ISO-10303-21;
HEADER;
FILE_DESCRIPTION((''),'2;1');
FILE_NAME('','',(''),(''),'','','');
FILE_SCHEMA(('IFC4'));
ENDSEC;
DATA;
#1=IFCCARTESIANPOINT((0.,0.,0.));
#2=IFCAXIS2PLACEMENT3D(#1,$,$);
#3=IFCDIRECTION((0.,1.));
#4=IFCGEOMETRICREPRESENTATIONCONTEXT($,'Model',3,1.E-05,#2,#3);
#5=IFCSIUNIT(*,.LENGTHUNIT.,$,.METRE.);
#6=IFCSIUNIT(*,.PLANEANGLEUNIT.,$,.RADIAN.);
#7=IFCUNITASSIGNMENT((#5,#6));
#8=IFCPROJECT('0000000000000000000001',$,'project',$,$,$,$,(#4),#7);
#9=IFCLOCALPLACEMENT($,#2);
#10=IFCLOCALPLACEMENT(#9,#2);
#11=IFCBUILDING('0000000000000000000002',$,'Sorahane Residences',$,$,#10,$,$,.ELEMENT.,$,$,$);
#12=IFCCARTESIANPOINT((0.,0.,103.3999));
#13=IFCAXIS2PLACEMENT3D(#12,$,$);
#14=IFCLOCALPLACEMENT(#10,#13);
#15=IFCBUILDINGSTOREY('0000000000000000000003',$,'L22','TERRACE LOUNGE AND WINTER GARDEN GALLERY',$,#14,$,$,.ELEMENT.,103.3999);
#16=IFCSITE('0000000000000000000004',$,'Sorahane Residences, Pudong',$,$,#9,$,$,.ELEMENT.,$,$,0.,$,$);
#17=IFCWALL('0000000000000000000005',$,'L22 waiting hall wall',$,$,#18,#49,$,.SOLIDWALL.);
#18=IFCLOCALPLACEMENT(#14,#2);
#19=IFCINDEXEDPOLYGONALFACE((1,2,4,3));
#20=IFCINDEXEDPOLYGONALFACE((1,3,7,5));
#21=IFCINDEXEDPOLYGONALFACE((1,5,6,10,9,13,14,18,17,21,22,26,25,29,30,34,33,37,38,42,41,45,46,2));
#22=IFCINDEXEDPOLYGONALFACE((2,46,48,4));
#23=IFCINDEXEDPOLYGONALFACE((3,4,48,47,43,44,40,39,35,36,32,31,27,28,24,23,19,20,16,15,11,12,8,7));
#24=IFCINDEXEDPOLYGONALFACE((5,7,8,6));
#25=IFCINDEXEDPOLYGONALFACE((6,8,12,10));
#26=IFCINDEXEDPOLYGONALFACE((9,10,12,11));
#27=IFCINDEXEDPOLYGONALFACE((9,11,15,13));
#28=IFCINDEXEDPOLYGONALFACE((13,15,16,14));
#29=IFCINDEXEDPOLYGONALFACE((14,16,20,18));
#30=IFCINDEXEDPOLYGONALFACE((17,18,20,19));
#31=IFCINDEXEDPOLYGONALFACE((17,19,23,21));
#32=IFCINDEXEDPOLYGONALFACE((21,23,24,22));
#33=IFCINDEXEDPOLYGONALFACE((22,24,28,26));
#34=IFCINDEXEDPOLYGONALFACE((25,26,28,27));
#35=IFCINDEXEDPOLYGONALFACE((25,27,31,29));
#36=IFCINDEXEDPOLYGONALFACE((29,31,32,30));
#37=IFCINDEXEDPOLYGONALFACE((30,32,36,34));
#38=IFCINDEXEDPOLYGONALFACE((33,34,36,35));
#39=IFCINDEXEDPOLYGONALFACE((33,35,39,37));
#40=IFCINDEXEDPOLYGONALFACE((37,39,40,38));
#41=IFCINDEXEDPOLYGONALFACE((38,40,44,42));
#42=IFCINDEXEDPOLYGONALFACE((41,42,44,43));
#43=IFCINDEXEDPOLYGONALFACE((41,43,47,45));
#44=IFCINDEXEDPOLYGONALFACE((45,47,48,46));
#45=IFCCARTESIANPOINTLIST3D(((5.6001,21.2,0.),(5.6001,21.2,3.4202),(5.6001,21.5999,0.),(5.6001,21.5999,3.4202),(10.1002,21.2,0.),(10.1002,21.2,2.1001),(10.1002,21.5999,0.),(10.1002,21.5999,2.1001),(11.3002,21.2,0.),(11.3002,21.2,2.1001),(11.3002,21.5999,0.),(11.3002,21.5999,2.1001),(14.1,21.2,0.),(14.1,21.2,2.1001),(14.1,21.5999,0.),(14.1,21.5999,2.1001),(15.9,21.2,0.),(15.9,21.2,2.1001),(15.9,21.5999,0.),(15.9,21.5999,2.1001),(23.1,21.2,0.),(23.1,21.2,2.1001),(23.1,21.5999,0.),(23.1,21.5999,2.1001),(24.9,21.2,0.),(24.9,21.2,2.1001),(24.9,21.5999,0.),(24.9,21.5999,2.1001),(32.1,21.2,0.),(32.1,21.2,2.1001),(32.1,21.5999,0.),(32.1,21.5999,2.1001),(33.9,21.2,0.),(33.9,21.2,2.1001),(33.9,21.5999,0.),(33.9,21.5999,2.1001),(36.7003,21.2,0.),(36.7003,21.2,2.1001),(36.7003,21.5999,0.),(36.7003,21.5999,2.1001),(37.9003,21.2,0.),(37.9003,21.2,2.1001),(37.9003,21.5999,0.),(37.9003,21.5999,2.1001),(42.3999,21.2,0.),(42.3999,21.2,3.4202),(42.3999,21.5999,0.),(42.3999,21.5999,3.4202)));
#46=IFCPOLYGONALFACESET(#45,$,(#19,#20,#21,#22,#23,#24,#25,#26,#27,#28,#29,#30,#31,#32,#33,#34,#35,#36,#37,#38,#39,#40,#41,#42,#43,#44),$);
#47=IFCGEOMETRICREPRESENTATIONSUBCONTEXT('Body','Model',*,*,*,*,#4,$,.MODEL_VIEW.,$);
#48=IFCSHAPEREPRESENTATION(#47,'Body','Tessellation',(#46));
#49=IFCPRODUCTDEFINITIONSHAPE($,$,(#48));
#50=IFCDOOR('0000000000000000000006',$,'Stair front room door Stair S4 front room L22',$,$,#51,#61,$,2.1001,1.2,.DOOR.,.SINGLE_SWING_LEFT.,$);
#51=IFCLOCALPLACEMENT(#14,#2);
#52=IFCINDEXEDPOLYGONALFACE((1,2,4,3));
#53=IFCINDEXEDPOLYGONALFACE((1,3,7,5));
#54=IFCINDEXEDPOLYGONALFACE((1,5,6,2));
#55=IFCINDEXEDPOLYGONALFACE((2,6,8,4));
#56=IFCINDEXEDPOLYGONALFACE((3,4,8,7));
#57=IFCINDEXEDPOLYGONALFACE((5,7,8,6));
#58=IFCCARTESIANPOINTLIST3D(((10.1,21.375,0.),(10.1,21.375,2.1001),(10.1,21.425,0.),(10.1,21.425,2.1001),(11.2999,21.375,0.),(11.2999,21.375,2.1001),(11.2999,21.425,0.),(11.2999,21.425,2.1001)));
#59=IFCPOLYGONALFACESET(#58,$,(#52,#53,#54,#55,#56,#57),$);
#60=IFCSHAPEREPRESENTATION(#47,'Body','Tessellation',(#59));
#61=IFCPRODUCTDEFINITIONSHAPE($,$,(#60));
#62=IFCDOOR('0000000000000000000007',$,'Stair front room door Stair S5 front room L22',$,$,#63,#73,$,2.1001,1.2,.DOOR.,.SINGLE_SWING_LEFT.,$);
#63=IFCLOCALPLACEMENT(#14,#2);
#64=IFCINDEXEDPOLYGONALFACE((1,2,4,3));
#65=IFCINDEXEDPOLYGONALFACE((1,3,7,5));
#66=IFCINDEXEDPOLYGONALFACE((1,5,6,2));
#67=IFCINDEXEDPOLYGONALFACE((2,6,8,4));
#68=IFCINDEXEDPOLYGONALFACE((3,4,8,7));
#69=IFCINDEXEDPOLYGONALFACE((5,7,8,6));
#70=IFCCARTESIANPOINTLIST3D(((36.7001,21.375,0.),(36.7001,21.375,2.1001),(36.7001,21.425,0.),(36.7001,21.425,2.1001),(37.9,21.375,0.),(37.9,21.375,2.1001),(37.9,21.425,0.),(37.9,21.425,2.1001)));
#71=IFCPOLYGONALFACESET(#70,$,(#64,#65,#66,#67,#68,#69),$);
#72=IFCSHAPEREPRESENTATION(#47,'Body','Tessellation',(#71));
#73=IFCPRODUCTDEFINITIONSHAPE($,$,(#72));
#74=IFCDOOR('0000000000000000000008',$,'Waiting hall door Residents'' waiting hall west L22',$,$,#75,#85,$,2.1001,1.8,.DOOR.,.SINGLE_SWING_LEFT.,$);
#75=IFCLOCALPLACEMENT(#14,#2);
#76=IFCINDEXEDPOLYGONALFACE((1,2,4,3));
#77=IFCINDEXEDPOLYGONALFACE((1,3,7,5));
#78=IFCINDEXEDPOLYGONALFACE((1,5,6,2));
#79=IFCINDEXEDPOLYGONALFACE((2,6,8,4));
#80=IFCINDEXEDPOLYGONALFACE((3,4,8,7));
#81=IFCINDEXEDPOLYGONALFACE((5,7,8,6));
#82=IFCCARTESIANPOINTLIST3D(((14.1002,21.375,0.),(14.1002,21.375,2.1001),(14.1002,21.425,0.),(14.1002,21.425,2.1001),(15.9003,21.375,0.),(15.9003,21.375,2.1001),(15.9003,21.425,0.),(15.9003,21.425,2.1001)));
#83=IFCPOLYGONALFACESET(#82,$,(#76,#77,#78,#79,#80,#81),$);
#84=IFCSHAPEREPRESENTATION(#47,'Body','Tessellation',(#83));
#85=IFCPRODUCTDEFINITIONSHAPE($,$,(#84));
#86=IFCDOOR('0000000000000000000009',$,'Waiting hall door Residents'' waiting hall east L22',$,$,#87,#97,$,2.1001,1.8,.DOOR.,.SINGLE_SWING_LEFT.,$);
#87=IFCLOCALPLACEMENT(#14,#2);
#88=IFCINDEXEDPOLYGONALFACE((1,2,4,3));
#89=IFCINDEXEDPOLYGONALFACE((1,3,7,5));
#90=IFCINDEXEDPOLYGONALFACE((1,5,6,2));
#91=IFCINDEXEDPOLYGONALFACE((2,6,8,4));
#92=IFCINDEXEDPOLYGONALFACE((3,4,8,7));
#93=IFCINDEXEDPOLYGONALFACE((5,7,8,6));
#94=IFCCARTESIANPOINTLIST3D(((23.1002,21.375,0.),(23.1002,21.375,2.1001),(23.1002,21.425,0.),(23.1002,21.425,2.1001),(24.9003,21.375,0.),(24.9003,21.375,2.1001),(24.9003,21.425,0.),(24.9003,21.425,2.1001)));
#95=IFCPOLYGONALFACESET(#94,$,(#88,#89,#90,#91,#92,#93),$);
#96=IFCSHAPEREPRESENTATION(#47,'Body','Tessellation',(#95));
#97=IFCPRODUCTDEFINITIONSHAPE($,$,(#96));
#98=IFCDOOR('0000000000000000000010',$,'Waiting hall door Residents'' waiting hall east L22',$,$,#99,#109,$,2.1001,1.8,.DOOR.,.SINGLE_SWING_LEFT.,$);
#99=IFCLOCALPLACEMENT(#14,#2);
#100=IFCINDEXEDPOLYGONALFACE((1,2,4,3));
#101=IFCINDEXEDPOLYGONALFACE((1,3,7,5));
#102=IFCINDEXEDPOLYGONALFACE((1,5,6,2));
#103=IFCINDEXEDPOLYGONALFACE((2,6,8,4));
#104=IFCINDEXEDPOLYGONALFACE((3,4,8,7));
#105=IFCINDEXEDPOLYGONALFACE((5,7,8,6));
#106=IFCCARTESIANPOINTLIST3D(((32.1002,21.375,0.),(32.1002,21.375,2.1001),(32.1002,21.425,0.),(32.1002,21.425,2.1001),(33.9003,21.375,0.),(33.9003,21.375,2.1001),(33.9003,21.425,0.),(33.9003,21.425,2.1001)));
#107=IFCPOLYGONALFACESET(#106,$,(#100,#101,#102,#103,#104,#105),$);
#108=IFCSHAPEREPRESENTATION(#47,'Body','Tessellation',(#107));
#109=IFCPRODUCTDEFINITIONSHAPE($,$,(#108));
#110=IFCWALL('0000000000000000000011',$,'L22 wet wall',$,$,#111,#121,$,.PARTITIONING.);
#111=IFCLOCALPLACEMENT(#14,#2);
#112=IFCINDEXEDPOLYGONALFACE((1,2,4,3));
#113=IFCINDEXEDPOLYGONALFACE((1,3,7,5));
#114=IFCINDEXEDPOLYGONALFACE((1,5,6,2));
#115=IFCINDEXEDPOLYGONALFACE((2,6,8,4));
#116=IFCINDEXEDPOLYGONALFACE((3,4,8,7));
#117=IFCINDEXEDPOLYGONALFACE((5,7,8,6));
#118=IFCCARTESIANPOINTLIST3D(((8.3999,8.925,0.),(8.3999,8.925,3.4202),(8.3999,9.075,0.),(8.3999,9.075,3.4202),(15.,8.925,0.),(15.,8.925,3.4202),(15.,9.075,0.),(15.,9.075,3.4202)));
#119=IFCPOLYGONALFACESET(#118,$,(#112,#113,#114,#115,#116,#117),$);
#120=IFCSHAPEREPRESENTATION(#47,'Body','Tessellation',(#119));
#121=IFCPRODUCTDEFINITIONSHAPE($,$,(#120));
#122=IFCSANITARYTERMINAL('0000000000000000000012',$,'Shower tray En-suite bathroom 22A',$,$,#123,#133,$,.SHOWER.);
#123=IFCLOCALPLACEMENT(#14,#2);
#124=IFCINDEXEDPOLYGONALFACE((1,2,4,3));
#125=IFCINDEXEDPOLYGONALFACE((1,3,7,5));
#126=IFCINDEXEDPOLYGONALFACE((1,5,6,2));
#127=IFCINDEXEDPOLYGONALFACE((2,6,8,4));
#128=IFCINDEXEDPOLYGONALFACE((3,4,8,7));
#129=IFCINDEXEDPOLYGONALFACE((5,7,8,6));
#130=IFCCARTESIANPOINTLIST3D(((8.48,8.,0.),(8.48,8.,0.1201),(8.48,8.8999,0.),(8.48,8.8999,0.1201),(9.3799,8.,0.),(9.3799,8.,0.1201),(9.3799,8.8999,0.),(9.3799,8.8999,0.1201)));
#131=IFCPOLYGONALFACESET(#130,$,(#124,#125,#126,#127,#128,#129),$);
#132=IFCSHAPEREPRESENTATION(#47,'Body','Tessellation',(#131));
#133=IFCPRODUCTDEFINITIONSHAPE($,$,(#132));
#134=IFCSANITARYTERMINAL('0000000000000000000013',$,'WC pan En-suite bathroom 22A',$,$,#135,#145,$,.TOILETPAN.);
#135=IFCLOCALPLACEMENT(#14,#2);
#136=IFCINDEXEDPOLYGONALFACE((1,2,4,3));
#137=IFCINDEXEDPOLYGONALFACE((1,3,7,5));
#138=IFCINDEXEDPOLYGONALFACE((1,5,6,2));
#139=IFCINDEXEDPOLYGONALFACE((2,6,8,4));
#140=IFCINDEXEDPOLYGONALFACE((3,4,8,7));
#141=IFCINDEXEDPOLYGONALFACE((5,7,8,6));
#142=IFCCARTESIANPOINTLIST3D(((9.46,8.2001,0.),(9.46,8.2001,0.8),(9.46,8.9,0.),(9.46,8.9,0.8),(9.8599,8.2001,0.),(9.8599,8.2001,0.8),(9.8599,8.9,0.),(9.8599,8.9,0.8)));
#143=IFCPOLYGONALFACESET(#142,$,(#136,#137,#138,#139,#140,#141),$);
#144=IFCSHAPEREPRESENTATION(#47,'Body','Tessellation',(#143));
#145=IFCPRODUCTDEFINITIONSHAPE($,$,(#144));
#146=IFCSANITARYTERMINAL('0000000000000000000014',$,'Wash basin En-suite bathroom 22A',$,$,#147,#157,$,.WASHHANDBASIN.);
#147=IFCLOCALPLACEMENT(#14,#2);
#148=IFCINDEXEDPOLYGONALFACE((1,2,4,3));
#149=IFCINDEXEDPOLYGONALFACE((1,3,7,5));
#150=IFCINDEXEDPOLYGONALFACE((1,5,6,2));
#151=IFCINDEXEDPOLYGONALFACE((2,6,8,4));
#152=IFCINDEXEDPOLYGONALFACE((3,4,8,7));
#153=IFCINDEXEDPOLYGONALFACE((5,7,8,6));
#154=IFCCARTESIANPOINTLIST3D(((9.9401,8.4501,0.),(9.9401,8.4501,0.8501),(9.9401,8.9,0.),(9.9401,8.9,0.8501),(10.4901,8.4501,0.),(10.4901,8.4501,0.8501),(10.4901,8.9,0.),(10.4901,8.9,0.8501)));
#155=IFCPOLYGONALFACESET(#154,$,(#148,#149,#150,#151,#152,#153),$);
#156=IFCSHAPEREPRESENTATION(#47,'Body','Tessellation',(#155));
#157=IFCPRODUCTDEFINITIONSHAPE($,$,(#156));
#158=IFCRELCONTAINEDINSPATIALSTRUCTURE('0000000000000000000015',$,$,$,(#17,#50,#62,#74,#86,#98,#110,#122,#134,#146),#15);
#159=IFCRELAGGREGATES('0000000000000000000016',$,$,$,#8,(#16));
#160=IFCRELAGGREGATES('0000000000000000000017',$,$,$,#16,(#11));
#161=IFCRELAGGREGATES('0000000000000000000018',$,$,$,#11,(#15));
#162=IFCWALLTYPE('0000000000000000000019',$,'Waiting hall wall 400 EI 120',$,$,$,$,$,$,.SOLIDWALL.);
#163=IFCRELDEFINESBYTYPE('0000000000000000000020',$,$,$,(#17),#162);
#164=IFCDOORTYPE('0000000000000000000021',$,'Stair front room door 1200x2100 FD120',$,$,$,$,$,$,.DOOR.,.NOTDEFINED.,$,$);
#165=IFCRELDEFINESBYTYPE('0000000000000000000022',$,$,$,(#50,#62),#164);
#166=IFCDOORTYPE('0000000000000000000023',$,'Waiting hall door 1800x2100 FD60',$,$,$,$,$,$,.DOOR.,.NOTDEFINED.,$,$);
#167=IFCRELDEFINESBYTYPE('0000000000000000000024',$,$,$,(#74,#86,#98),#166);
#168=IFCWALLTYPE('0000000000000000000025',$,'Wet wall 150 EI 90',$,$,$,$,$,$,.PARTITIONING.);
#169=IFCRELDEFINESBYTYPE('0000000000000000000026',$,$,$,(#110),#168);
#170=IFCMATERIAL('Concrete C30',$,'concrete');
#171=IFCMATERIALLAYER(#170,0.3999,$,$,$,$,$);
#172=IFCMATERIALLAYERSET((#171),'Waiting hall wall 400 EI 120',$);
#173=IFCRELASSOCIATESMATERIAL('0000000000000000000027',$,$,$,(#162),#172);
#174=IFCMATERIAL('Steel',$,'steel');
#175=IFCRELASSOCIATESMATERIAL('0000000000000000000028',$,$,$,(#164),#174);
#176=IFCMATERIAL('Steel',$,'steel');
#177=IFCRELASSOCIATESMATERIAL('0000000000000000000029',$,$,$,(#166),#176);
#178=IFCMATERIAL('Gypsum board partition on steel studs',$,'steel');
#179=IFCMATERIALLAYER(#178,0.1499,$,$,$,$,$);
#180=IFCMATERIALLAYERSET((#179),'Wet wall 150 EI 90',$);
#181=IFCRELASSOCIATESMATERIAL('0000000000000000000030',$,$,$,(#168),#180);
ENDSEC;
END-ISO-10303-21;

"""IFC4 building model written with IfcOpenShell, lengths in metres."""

from ifc_helpers import new_model, si_unit, direction, frame, frame_2d, origin, origin_2d, place, context, subcontext, project, spatial, rectangle, extrude, material, layer, layer_set, type_object, element, fill, save


model = new_model("IFC4")

# Units and contexts
model_context = context("Model", 3, precision=1e-05, world=origin(), true_north=direction((0.0, 1.0)))
body_context = subcontext(model_context, "Body", "Model", "MODEL_VIEW")
ifc_project = project(units=[si_unit("LENGTHUNIT", "METRE"), si_unit("PLANEANGLEUNIT", "RADIAN")], contexts=[model_context])

# Site, building, storey
site_placement = place(None, origin())
site = spatial("IfcSite", under=ifc_project, at=site_placement, Name="Sorahane Residences, Pudong", CompositionType="ELEMENT", RefElevation=0.0)
building_placement = place(site_placement, origin())
building = spatial("IfcBuilding", under=site, at=building_placement, Name="Sorahane Residences", CompositionType="ELEMENT")
storey_placement = place(building_placement, frame((0.0, 0.0, 103.3999)))
storey = spatial("IfcBuildingStorey", under=building, at=storey_placement, Name="L22", Description="TERRACE LOUNGE AND WINTER GARDEN GALLERY", CompositionType="ELEMENT", Elevation=103.3999)

# Wall, openings, doors
ifc_material_1 = material(Name="Concrete C30", Category="concrete")
ifc_layer_1 = layer(ifc_material_1, 0.3999)
ifc_layer_set_1 = layer_set([ifc_layer_1], Name="Waiting hall wall 400 EI 120")
wall_type_1 = type_object("IfcWallType", Name="Waiting hall wall 400 EI 120", PredefinedType="SOLIDWALL", material=ifc_layer_set_1)
wall_1_placement = place(storey_placement, frame((5.6001, 21.3999, 0.0), z_axis=(0.0, 0.0, 1.0), x_axis=(1.0, 0.0, 0.0)))
wall_1 = element("IfcWall", 1, at=wall_1_placement, inside=storey, type_object=wall_type_1, Name="L22 waiting hall wall", PredefinedType="SOLIDWALL", context=body_context, shape_type="SweptSolid", body=[
    extrude(rectangle(XDim=36.7998, YDim=0.3999, at=frame_2d((18.3999, 0.0))), origin(), (0.0, 0.0, 1.0), 3.4202),
])
opening_1_placement = place(wall_1_placement, frame((8.5, 0.0, 0.0)))
opening_1 = element("IfcOpeningElement", 2, at=opening_1_placement, cuts=wall_1, PredefinedType="OPENING", context=body_context, shape_type="SweptSolid", body=[
    extrude(rectangle(XDim=1.8, YDim=2.1001, at=frame_2d((0.8999, 1.05))), frame((0.0, 0.21, 0.0), z_axis=(0.0, -1.0, 0.0), x_axis=(1.0, 0.0, 0.0)), (0.0, 0.0, 1.0), 0.4199),
])
opening_2_placement = place(wall_1_placement, frame((17.5, 0.0, 0.0)))
opening_2 = element("IfcOpeningElement", 3, at=opening_2_placement, cuts=wall_1, PredefinedType="OPENING", context=body_context, shape_type="SweptSolid", body=[
    extrude(rectangle(XDim=1.8, YDim=2.1001, at=frame_2d((0.8999, 1.05))), frame((0.0, 0.21, 0.0), z_axis=(0.0, -1.0, 0.0), x_axis=(1.0, 0.0, 0.0)), (0.0, 0.0, 1.0), 0.4199),
])
opening_3_placement = place(wall_1_placement, frame((26.5, 0.0, 0.0)))
opening_3 = element("IfcOpeningElement", 4, at=opening_3_placement, cuts=wall_1, PredefinedType="OPENING", context=body_context, shape_type="SweptSolid", body=[
    extrude(rectangle(XDim=1.8, YDim=2.1001, at=frame_2d((0.8999, 1.05))), frame((0.0, 0.21, 0.0), z_axis=(0.0, -1.0, 0.0), x_axis=(1.0, 0.0, 0.0)), (0.0, 0.0, 1.0), 0.4199),
])
opening_4_placement = place(wall_1_placement, frame((4.5, 0.0, 0.0)))
opening_4 = element("IfcOpeningElement", 5, at=opening_4_placement, cuts=wall_1, PredefinedType="OPENING", context=body_context, shape_type="SweptSolid", body=[
    extrude(rectangle(XDim=1.2, YDim=2.1001, at=frame_2d((0.6001, 1.05))), frame((0.0, 0.21, 0.0), z_axis=(0.0, -1.0, 0.0), x_axis=(1.0, 0.0, 0.0)), (0.0, 0.0, 1.0), 0.4199),
])
opening_5_placement = place(wall_1_placement, frame((31.1001, 0.0, 0.0)))
opening_5 = element("IfcOpeningElement", 6, at=opening_5_placement, cuts=wall_1, PredefinedType="OPENING", context=body_context, shape_type="SweptSolid", body=[
    extrude(rectangle(XDim=1.2, YDim=2.1001, at=frame_2d((0.6001, 1.05))), frame((0.0, 0.21, 0.0), z_axis=(0.0, -1.0, 0.0), x_axis=(1.0, 0.0, 0.0)), (0.0, 0.0, 1.0), 0.4199),
])
ifc_material_2 = material(Name="Steel", Category="steel")
door_type_1 = type_object("IfcDoorType", Name="Stair front room door 1200x2100 FD120", OperationType="NOTDEFINED", PredefinedType="DOOR", material=ifc_material_2)
door_1_placement = place(opening_4_placement, frame((1.2, 0.0, 0.0), z_axis=(0.0, 0.0, 1.0), x_axis=(-1.0, 0.0, 0.0)))
door_1 = element("IfcDoor", 7, at=door_1_placement, inside=storey, type_object=door_type_1, Name="Stair front room door Stair S4 front room L22", OperationType="SINGLE_SWING_LEFT", OverallHeight=2.1001, OverallWidth=1.2, PredefinedType="DOOR", context=body_context, shape_type="SweptSolid", body=[
    extrude(rectangle(XDim=1.2, YDim=2.1001, at=frame_2d((0.6001, 1.05))), frame((0.0, 0.0249, 0.0), z_axis=(0.0, -1.0, 0.0), x_axis=(1.0, 0.0, 0.0)), (0.0, 0.0, 1.0), 0.05),
])
fill(opening_4, door_1)
door_2_placement = place(opening_5_placement, frame((1.2, 0.0, 0.0), z_axis=(0.0, 0.0, 1.0), x_axis=(-1.0, 0.0, 0.0)))
door_2 = element("IfcDoor", 8, at=door_2_placement, inside=storey, type_object=door_type_1, Name="Stair front room door Stair S5 front room L22", OperationType="SINGLE_SWING_LEFT", OverallHeight=2.1001, OverallWidth=1.2, PredefinedType="DOOR", context=body_context, shape_type="SweptSolid", body=[
    extrude(rectangle(XDim=1.2, YDim=2.1001, at=frame_2d((0.6001, 1.05))), frame((0.0, 0.0249, 0.0), z_axis=(0.0, -1.0, 0.0), x_axis=(1.0, 0.0, 0.0)), (0.0, 0.0, 1.0), 0.05),
])
fill(opening_5, door_2)
ifc_material_3 = material(Name="Steel", Category="steel")
door_type_2 = type_object("IfcDoorType", Name="Waiting hall door 1800x2100 FD60", OperationType="NOTDEFINED", PredefinedType="DOOR", material=ifc_material_3)
door_3_placement = place(opening_1_placement, frame((1.8, 0.0, 0.0), z_axis=(0.0, 0.0, 1.0), x_axis=(-1.0, 0.0, 0.0)))
door_3 = element("IfcDoor", 9, at=door_3_placement, inside=storey, type_object=door_type_2, Name="Waiting hall door Residents' waiting hall west L22", OperationType="SINGLE_SWING_LEFT", OverallHeight=2.1001, OverallWidth=1.8, PredefinedType="DOOR", context=body_context, shape_type="SweptSolid", body=[
    extrude(rectangle(XDim=1.8, YDim=2.1001, at=frame_2d((0.8999, 1.05))), frame((0.0, 0.0249, 0.0), z_axis=(0.0, -1.0, 0.0), x_axis=(1.0, 0.0, 0.0)), (0.0, 0.0, 1.0), 0.05),
])
fill(opening_1, door_3)
door_4_placement = place(opening_2_placement, frame((1.8, 0.0, 0.0), z_axis=(0.0, 0.0, 1.0), x_axis=(-1.0, 0.0, 0.0)))
door_4 = element("IfcDoor", 10, at=door_4_placement, inside=storey, type_object=door_type_2, Name="Waiting hall door Residents' waiting hall east L22", OperationType="SINGLE_SWING_LEFT", OverallHeight=2.1001, OverallWidth=1.8, PredefinedType="DOOR", context=body_context, shape_type="SweptSolid", body=[
    extrude(rectangle(XDim=1.8, YDim=2.1001, at=frame_2d((0.8999, 1.05))), frame((0.0, 0.0249, 0.0), z_axis=(0.0, -1.0, 0.0), x_axis=(1.0, 0.0, 0.0)), (0.0, 0.0, 1.0), 0.05),
])
fill(opening_2, door_4)
door_5_placement = place(opening_3_placement, frame((1.8, 0.0, 0.0), z_axis=(0.0, 0.0, 1.0), x_axis=(-1.0, 0.0, 0.0)))
door_5 = element("IfcDoor", 11, at=door_5_placement, inside=storey, type_object=door_type_2, Name="Waiting hall door Residents' waiting hall east L22", OperationType="SINGLE_SWING_LEFT", OverallHeight=2.1001, OverallWidth=1.8, PredefinedType="DOOR", context=body_context, shape_type="SweptSolid", body=[
    extrude(rectangle(XDim=1.8, YDim=2.1001, at=frame_2d((0.8999, 1.05))), frame((0.0, 0.0249, 0.0), z_axis=(0.0, -1.0, 0.0), x_axis=(1.0, 0.0, 0.0)), (0.0, 0.0, 1.0), 0.05),
])
fill(opening_3, door_5)

# Wall
ifc_material_4 = material(Name="Gypsum board partition on steel studs", Category="steel")
ifc_layer_2 = layer(ifc_material_4, 0.1499)
ifc_layer_set_2 = layer_set([ifc_layer_2], Name="Wet wall 150 EI 90")
wall_type_2 = type_object("IfcWallType", Name="Wet wall 150 EI 90", PredefinedType="PARTITIONING", material=ifc_layer_set_2)
wall_2_placement = place(storey_placement, frame((8.3999, 9.0, 0.0), z_axis=(0.0, 0.0, 1.0), x_axis=(1.0, 0.0, 0.0)))
element("IfcWall", 12, at=wall_2_placement, inside=storey, type_object=wall_type_2, Name="L22 wet wall", PredefinedType="PARTITIONING", context=body_context, shape_type="SweptSolid", body=[
    extrude(rectangle(XDim=6.6001, YDim=0.1499, at=frame_2d((3.3, 0.0))), origin(), (0.0, 0.0, 1.0), 3.4202),
])

# Sanitary terminals
sanitary_terminal_1_placement = place(storey_placement, frame((8.9299, 8.45, 0.0), z_axis=(0.0, 0.0, 1.0), x_axis=(1.0, 0.0, 0.0)))
element("IfcSanitaryTerminal", 13, at=sanitary_terminal_1_placement, inside=storey, Name="Shower tray En-suite bathroom 22A", PredefinedType="SHOWER", context=body_context, shape_type="SweptSolid", body=[
    extrude(rectangle(XDim=0.8999, YDim=0.8999, at=origin_2d()), origin(), (0.0, 0.0, 1.0), 0.1201),
])
sanitary_terminal_2_placement = place(storey_placement, frame((9.6599, 8.55, 0.0), z_axis=(0.0, 0.0, 1.0), x_axis=(1.0, 0.0, 0.0)))
element("IfcSanitaryTerminal", 14, at=sanitary_terminal_2_placement, inside=storey, Name="WC pan En-suite bathroom 22A", PredefinedType="TOILETPAN", context=body_context, shape_type="SweptSolid", body=[
    extrude(rectangle(XDim=0.3999, YDim=0.7, at=origin_2d()), origin(), (0.0, 0.0, 1.0), 0.8),
])
sanitary_terminal_3_placement = place(storey_placement, frame((10.2151, 8.675, 0.0), z_axis=(0.0, 0.0, 1.0), x_axis=(1.0, 0.0, 0.0)))
element("IfcSanitaryTerminal", 15, at=sanitary_terminal_3_placement, inside=storey, Name="Wash basin En-suite bathroom 22A", PredefinedType="WASHHANDBASIN", context=body_context, shape_type="SweptSolid", body=[
    extrude(rectangle(XDim=0.55, YDim=0.45, at=origin_2d()), origin(), (0.0, 0.0, 1.0), 0.8501),
])

save(model, "model.ifc")
